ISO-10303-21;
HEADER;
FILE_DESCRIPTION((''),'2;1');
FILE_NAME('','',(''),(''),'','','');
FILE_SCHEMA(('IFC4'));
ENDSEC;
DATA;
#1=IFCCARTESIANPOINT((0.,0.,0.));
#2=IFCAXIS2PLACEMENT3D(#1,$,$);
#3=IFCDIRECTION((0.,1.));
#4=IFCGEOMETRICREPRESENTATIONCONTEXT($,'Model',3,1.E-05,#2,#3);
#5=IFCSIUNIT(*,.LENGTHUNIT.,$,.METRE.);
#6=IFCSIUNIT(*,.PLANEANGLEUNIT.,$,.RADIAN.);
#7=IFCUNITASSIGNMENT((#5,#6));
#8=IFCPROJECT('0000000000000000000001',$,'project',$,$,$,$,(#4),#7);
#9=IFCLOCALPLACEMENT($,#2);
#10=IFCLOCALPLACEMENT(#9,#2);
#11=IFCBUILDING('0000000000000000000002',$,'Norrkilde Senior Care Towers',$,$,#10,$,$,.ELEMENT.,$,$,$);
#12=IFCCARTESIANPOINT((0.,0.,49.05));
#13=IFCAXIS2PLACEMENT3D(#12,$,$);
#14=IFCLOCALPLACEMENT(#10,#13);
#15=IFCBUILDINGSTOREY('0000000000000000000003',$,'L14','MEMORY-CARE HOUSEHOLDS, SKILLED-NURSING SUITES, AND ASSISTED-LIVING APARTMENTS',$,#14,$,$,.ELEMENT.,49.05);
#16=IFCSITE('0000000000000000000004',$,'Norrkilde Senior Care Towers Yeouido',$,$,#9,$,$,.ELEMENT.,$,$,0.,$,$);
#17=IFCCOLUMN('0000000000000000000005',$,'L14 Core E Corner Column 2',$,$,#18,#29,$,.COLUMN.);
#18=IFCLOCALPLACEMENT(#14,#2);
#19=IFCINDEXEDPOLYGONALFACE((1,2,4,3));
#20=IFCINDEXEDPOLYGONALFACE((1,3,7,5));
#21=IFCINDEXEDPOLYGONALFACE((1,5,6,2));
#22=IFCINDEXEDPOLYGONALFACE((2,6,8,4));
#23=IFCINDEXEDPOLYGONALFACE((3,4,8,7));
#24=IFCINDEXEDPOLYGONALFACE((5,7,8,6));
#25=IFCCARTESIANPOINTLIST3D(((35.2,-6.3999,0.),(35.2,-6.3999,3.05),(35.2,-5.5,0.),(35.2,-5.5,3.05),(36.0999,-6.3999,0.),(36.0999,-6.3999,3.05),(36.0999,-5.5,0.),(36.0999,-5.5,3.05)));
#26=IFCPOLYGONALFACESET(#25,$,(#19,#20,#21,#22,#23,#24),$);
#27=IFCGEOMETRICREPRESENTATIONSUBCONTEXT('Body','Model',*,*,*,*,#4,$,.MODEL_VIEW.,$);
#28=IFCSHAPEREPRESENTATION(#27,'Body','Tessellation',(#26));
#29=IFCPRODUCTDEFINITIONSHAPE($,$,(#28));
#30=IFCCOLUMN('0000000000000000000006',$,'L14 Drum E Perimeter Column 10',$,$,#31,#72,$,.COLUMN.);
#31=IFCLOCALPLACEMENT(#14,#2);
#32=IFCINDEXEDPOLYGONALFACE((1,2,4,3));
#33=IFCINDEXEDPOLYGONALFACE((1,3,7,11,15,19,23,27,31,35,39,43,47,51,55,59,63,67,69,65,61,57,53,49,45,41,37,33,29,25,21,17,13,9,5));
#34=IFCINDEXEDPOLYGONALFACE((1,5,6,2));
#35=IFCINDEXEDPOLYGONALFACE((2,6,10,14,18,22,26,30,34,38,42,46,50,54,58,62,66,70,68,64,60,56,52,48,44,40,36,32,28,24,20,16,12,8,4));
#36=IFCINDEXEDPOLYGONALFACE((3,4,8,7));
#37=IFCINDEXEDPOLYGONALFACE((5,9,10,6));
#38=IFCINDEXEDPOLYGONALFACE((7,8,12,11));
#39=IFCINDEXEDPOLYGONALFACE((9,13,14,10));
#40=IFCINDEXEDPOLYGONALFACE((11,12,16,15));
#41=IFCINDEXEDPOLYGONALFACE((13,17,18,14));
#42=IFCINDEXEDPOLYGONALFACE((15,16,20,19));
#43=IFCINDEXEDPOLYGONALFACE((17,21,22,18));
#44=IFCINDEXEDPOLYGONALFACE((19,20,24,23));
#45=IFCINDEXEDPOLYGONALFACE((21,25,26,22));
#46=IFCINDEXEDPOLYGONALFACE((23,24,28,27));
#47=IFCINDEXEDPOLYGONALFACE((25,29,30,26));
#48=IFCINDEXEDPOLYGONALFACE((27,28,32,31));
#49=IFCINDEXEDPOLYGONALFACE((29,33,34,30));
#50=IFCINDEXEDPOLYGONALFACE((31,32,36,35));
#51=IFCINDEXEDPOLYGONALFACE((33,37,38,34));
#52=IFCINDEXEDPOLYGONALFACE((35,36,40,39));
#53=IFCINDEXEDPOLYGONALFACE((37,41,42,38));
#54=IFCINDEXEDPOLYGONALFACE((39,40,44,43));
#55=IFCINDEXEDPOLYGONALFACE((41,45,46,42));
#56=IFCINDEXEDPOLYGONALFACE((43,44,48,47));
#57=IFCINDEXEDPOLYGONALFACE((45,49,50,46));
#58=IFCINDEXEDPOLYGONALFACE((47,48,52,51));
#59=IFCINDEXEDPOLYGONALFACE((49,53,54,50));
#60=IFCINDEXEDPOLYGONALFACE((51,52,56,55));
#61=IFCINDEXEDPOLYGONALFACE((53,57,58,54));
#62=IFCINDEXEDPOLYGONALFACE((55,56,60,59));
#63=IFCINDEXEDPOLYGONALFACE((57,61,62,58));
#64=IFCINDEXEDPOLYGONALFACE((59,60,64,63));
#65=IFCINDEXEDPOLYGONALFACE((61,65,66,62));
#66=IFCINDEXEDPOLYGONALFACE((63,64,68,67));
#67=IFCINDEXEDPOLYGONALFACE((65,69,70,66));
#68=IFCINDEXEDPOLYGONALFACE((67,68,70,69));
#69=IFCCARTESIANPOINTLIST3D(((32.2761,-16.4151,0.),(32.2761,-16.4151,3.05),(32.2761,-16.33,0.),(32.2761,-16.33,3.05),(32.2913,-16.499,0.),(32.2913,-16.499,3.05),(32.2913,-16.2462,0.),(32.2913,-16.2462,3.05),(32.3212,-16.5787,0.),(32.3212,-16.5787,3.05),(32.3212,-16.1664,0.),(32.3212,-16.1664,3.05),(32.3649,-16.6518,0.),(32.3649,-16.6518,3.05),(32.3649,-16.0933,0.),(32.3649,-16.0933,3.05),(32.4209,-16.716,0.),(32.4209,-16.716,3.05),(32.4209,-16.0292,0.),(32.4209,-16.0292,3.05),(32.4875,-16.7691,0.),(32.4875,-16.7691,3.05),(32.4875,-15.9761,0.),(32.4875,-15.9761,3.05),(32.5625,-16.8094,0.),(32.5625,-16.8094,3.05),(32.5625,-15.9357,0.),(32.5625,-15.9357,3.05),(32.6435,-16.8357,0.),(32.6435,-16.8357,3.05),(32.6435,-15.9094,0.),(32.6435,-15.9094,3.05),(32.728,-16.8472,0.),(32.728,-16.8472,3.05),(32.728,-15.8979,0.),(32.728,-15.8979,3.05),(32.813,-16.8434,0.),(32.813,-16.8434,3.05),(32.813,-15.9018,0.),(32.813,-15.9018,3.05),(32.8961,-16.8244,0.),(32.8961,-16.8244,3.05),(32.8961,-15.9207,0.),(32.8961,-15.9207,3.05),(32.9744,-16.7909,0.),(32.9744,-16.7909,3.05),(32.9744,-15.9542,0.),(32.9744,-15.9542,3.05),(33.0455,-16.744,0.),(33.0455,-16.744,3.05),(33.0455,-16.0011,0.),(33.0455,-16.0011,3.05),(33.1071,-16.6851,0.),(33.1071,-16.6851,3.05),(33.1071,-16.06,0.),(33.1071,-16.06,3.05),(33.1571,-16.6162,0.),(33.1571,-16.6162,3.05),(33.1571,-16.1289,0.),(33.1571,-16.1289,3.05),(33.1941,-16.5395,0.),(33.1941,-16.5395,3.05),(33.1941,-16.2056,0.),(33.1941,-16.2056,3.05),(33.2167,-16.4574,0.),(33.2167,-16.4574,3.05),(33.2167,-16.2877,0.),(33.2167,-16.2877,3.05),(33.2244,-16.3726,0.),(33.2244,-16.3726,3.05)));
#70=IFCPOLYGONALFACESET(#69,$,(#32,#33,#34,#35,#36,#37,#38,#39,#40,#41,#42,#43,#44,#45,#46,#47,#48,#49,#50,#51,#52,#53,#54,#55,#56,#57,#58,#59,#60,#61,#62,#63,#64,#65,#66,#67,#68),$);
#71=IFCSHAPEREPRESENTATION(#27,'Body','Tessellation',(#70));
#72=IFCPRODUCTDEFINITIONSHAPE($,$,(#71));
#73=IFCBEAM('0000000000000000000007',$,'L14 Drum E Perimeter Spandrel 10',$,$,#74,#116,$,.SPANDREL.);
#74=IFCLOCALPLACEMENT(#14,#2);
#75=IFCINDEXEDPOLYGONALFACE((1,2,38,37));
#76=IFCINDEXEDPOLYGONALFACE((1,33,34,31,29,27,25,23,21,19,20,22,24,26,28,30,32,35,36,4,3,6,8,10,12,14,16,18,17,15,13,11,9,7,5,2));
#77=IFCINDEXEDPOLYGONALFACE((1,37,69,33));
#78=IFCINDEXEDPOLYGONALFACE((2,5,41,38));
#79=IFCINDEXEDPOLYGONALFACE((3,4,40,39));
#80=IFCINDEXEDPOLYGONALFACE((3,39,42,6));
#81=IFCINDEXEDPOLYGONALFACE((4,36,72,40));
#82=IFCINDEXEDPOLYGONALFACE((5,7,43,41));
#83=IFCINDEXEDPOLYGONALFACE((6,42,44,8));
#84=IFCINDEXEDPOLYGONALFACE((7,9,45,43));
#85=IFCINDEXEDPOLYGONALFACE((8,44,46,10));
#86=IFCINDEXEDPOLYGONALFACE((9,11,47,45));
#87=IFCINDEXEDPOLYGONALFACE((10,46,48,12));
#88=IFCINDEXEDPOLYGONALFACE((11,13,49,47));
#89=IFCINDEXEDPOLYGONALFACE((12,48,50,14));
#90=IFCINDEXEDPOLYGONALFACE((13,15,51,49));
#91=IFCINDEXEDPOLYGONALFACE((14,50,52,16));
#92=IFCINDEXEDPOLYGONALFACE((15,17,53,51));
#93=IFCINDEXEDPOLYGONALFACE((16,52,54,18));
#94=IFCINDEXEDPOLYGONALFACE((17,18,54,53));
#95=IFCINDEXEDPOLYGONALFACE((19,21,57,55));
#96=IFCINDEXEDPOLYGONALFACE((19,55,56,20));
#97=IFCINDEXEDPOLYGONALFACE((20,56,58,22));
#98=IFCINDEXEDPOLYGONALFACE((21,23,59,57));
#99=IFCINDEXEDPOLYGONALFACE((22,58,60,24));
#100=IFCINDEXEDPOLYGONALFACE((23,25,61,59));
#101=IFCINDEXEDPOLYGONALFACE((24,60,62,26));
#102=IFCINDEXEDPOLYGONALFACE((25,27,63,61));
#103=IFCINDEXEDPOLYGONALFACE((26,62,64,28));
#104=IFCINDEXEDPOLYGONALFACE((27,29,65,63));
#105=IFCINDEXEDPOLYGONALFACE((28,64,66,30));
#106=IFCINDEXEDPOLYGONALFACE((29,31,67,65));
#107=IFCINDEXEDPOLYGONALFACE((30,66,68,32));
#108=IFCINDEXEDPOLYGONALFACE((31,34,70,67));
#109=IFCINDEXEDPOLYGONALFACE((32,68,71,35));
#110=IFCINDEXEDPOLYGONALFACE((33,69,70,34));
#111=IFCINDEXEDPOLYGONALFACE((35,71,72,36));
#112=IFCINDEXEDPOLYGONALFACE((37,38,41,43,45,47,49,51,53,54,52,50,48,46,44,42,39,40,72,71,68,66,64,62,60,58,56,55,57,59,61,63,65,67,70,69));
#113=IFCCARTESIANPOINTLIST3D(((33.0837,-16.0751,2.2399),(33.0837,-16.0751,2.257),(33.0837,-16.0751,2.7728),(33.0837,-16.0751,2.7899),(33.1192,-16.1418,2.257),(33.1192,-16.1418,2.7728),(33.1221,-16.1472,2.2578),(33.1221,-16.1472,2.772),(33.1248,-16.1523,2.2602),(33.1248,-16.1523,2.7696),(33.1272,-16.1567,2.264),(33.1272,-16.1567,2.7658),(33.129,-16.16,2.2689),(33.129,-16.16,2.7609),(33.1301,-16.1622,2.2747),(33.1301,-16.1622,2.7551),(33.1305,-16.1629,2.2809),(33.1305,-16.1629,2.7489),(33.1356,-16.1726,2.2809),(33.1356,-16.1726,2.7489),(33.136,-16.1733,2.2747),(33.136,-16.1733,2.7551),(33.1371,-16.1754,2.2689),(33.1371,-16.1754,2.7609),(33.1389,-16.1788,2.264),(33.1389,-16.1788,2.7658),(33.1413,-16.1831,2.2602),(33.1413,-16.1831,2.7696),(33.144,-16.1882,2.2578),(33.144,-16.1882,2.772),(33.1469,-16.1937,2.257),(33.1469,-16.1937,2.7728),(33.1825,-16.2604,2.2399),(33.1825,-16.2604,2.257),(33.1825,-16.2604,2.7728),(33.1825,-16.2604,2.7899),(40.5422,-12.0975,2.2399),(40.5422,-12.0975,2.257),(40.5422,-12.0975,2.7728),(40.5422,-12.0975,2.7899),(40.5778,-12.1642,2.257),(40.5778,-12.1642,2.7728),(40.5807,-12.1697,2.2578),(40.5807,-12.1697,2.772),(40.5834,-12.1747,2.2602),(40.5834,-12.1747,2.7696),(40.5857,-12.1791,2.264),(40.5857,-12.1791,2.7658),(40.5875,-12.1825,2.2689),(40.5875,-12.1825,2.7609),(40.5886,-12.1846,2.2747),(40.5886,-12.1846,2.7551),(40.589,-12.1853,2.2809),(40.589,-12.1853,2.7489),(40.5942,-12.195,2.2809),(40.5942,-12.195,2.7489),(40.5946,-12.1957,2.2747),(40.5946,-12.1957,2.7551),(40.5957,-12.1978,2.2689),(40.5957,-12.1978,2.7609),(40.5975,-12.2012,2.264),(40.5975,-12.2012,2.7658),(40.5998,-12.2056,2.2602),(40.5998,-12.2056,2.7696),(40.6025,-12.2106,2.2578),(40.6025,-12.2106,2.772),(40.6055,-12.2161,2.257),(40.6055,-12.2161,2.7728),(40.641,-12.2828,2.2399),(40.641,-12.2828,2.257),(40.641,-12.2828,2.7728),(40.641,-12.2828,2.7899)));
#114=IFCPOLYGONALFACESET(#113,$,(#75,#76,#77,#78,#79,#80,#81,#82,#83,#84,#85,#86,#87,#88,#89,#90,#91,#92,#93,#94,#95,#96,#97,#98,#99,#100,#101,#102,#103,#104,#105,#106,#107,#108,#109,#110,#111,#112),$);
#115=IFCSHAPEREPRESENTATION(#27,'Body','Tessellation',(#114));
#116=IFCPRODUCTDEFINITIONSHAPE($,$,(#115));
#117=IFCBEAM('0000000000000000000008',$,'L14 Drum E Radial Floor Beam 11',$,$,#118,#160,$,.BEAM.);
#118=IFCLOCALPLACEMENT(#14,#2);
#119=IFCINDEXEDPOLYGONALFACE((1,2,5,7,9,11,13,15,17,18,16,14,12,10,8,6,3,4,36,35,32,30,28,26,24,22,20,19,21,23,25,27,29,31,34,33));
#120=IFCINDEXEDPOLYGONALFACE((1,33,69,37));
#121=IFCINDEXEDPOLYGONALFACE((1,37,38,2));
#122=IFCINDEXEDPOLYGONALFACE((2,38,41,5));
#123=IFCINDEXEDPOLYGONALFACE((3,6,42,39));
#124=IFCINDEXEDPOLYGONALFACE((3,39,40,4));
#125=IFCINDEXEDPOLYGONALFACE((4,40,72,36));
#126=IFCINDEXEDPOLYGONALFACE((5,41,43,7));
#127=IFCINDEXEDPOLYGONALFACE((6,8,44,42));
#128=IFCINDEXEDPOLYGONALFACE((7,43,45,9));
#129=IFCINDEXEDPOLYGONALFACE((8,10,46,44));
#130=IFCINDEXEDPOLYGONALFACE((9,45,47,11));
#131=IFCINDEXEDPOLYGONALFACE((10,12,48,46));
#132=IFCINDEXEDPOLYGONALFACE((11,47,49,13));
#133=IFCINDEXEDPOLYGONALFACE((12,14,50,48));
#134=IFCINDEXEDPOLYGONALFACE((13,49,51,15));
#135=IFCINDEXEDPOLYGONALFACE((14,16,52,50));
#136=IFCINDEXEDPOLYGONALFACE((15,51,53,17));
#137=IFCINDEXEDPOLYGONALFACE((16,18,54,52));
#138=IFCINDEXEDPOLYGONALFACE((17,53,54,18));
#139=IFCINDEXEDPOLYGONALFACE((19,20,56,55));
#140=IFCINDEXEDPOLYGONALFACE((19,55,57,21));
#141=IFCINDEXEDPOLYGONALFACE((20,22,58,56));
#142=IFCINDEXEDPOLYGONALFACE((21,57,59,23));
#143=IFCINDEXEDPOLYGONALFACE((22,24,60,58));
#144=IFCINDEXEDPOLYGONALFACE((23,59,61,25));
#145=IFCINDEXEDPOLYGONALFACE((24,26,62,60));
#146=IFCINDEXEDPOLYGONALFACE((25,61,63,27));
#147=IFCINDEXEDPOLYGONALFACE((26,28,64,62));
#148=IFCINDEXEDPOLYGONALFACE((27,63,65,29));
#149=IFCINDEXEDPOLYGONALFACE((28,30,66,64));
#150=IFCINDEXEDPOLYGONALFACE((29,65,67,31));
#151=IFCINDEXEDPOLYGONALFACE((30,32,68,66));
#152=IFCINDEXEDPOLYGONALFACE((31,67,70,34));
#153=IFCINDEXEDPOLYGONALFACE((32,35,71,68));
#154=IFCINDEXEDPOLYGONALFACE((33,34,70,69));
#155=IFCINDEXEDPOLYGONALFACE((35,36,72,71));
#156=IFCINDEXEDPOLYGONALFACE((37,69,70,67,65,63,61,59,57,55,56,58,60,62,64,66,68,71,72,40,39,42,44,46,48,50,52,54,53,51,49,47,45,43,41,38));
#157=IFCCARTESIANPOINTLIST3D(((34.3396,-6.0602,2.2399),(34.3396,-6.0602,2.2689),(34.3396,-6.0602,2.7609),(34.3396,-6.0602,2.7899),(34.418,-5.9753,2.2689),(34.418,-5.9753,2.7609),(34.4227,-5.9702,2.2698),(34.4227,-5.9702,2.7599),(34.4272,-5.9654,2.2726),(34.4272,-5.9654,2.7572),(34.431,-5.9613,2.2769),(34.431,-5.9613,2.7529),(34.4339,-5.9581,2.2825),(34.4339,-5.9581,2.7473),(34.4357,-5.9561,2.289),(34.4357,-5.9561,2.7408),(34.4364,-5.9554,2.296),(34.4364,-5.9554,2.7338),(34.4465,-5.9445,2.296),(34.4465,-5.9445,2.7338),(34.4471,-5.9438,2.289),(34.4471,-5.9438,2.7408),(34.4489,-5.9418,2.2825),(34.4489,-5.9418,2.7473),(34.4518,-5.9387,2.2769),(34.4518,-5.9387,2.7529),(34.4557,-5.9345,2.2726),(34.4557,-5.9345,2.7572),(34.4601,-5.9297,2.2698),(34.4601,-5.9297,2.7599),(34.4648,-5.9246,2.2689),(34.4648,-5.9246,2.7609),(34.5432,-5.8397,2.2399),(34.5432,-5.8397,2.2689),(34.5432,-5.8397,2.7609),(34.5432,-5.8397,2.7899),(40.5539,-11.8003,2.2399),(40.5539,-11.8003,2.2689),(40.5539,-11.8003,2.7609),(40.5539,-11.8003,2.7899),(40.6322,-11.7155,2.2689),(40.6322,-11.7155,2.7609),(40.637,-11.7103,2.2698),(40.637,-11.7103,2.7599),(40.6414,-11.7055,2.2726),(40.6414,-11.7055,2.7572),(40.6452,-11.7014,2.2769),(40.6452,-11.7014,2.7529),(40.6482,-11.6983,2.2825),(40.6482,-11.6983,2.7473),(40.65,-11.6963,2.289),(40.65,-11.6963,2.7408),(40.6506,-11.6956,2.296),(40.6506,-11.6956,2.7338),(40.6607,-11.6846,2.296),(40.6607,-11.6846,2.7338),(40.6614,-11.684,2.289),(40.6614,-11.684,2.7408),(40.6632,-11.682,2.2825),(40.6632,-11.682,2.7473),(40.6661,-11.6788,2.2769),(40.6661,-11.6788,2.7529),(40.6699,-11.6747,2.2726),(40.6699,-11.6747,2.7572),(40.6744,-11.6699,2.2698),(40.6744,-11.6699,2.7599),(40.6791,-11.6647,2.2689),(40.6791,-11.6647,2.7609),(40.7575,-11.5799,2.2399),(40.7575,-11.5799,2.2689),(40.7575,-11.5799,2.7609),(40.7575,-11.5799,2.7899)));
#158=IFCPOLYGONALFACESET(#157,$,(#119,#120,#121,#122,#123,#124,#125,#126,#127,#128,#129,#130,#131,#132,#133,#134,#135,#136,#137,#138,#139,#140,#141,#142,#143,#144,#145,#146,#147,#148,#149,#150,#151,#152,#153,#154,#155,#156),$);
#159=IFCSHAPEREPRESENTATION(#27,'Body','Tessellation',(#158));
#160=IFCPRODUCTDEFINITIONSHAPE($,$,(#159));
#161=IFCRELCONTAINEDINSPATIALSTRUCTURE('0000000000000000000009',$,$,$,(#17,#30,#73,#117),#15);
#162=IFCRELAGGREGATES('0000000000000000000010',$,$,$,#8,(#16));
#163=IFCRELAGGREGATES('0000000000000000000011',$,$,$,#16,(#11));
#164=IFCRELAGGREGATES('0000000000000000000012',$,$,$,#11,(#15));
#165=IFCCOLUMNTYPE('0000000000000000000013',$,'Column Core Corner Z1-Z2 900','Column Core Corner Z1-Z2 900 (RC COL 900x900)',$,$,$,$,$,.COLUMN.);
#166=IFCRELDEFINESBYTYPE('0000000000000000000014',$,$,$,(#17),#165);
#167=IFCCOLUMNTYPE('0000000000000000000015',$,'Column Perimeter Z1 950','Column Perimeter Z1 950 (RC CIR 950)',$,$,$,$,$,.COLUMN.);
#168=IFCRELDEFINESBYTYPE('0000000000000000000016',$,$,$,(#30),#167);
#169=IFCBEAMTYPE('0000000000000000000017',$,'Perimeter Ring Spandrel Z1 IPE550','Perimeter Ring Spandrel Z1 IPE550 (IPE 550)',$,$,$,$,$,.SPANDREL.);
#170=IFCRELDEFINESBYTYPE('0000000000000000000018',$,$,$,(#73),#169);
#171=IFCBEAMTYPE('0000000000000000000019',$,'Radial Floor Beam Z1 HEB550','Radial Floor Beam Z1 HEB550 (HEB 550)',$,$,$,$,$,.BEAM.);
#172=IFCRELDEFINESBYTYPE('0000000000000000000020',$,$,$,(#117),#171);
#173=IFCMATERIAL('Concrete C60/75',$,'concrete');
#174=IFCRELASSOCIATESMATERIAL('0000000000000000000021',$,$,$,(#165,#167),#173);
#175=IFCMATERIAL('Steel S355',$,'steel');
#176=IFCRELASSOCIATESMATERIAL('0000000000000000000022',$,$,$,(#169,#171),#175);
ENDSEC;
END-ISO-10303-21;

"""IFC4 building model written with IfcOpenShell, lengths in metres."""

from ifc_helpers import new_model, si_unit, direction, frame, origin, origin_2d, place, context, subcontext, project, spatial, rectangle, circle, i_section, extrude, source, transform, mapped, material, material_profile, profile_set, type_object, type_shapes, element, save


model = new_model("IFC4")

# Units and contexts
model_context = context("Model", 3, precision=1e-05, world=origin(), true_north=direction((0.0, 1.0)))
body_context = subcontext(model_context, "Body", "Model", "MODEL_VIEW")
ifc_project = project(units=[si_unit("LENGTHUNIT", "METRE"), si_unit("PLANEANGLEUNIT", "RADIAN")], contexts=[model_context])

# Site, building, storey
site_placement = place(None, origin())
site = spatial("IfcSite", under=ifc_project, at=site_placement, Name="Norrkilde Senior Care Towers Yeouido", CompositionType="ELEMENT", RefElevation=0.0)
building_placement = place(site_placement, origin())
building = spatial("IfcBuilding", under=site, at=building_placement, Name="Norrkilde Senior Care Towers", CompositionType="ELEMENT")
storey_placement = place(building_placement, frame((0.0, 0.0, 49.05)))
storey = spatial("IfcBuildingStorey", under=building, at=storey_placement, Name="L14", Description="MEMORY-CARE HOUSEHOLDS, SKILLED-NURSING SUITES, AND ASSISTED-LIVING APARTMENTS", CompositionType="ELEMENT", Elevation=49.05)

# Columns
ifc_material_1 = material(Name="Concrete C60/75", Category="concrete")
ifc_material_profile_1 = material_profile(ifc_material_1, rectangle(XDim=0.8999, YDim=0.8999, at=origin_2d()), Name="RC COL 900x900")
ifc_profile_set_1 = profile_set([ifc_material_profile_1], Name="Concrete C60/75")
column_type_1 = type_object("IfcColumnType", Name="Column Core Corner Z1-Z2 900", Description="Column Core Corner Z1-Z2 900 (RC COL 900x900)", PredefinedType="COLUMN", material=ifc_profile_set_1)
shared_shape_1 = source(origin(), body_context, "Body", "SweptSolid", [
    extrude(rectangle(XDim=0.8999, YDim=0.8999, at=origin_2d()), origin(), (0.0, 0.0, 1.0), 3.05),
])
type_shapes(column_type_1, [shared_shape_1])
column_1_placement = place(storey_placement, frame((35.6499, -5.95, 0.0), z_axis=(0.0, 0.0, 1.0), x_axis=(1.0, 0.0, 0.0)))
element("IfcColumn", 1, at=column_1_placement, inside=storey, type_object=column_type_1, Name="L14 Core E Corner Column 2", PredefinedType="COLUMN", context=body_context, shape_type="MappedRepresentation", body=[
    mapped(shared_shape_1, transform((0.0, 0.0, 0.0), x_axis=(1.0, 0.0, 0.0), y_axis=(0.0, 1.0, 0.0), z_axis=(0.0, 0.0, 1.0), scale=1.0)),
])
ifc_material_profile_2 = material_profile(ifc_material_1, circle(Radius=0.4751, at=origin_2d()), Name="RC CIR 950")
ifc_profile_set_2 = profile_set([ifc_material_profile_2], Name="Concrete C60/75")
column_type_2 = type_object("IfcColumnType", Name="Column Perimeter Z1 950", Description="Column Perimeter Z1 950 (RC CIR 950)", PredefinedType="COLUMN", material=ifc_profile_set_2)
shared_shape_2 = source(origin(), body_context, "Body", "SweptSolid", [
    extrude(circle(Radius=0.4751, at=origin_2d()), origin(), (0.0, 0.0, 1.0), 3.05),
])
type_shapes(column_type_2, [shared_shape_2])
column_2_placement = place(storey_placement, frame((32.7493, -16.3726, 0.0), z_axis=(0.0, 0.0, 1.0), x_axis=(1.0, 0.0, 0.0)))
element("IfcColumn", 2, at=column_2_placement, inside=storey, type_object=column_type_2, Name="L14 Drum E Perimeter Column 10", PredefinedType="COLUMN", context=body_context, shape_type="MappedRepresentation", body=[
    mapped(shared_shape_2, transform((0.0, 0.0, 0.0), x_axis=(1.0, 0.0, 0.0), y_axis=(0.0, 1.0, 0.0), z_axis=(0.0, 0.0, 1.0), scale=1.0)),
])

# Beams
ifc_material_2 = material(Name="Steel S355", Category="steel")
ifc_material_profile_3 = material_profile(ifc_material_2, i_section(OverallWidth=0.21, OverallDepth=0.55, WebThickness=0.011, FlangeThickness=0.0171, FilletRadius=0.0239, at=origin_2d()), Name="IPE 550")
ifc_profile_set_3 = profile_set([ifc_material_profile_3], Name="Steel S355")
beam_type_1 = type_object("IfcBeamType", Name="Perimeter Ring Spandrel Z1 IPE550", Description="Perimeter Ring Spandrel Z1 IPE550 (IPE 550)", PredefinedType="SPANDREL", material=ifc_profile_set_3)
shared_shape_3 = source(origin(), body_context, "Body", "SweptSolid", [
    extrude(i_section(OverallWidth=0.21, OverallDepth=0.55, WebThickness=0.011, FlangeThickness=0.0171, FilletRadius=0.0239, at=origin_2d()), origin(), (0.0, 0.0, 1.0), 8.4529),
])
type_shapes(beam_type_1, [shared_shape_3])
beam_1_placement = place(storey_placement, frame((33.1331, -16.1677, 2.5149), z_axis=(0.882369, 0.470558, 0.0), x_axis=(-0.470558, 0.882369, 0.0)))
element("IfcBeam", 3, at=beam_1_placement, inside=storey, type_object=beam_type_1, Name="L14 Drum E Perimeter Spandrel 10", PredefinedType="SPANDREL", context=body_context, shape_type="MappedRepresentation", body=[
    mapped(shared_shape_3, transform((0.0, 0.0, 0.0), x_axis=(1.0, 0.0, 0.0), y_axis=(0.0, 1.0, 0.0), z_axis=(0.0, 0.0, 1.0), scale=1.0)),
])
ifc_material_profile_4 = material_profile(ifc_material_2, i_section(OverallWidth=0.3, OverallDepth=0.55, WebThickness=0.0149, FlangeThickness=0.0291, FilletRadius=0.0271, at=origin_2d()), Name="HEB 550")
ifc_profile_set_4 = profile_set([ifc_material_profile_4], Name="Steel S355")
beam_type_2 = type_object("IfcBeamType", Name="Radial Floor Beam Z1 HEB550", Description="Radial Floor Beam Z1 HEB550 (HEB 550)", PredefinedType="BEAM", material=ifc_profile_set_4)
shared_shape_4 = source(origin(), body_context, "Body", "SweptSolid", [
    extrude(i_section(OverallWidth=0.3, OverallDepth=0.55, WebThickness=0.0149, FlangeThickness=0.0291, FilletRadius=0.0271, at=origin_2d()), origin(), (0.0, 0.0, 1.0), 8.4597),
])
beam_2_placement = place(storey_placement, frame((34.4414, -5.95, 2.5149), z_axis=(0.734573, -0.678529, 0.0), x_axis=(0.678529, 0.734573, 0.0)))
element("IfcBeam", 4, at=beam_2_placement, inside=storey, type_object=beam_type_2, Name="L14 Drum E Radial Floor Beam 11", PredefinedType="BEAM", context=body_context, shape_type="MappedRepresentation", body=[
    mapped(shared_shape_4, transform((0.0, 0.0, 0.0), x_axis=(1.0, 0.0, 0.0), y_axis=(0.0, 1.0, 0.0), z_axis=(0.0, 0.0, 1.0), scale=1.0)),
])

save(model, "model.ifc")
